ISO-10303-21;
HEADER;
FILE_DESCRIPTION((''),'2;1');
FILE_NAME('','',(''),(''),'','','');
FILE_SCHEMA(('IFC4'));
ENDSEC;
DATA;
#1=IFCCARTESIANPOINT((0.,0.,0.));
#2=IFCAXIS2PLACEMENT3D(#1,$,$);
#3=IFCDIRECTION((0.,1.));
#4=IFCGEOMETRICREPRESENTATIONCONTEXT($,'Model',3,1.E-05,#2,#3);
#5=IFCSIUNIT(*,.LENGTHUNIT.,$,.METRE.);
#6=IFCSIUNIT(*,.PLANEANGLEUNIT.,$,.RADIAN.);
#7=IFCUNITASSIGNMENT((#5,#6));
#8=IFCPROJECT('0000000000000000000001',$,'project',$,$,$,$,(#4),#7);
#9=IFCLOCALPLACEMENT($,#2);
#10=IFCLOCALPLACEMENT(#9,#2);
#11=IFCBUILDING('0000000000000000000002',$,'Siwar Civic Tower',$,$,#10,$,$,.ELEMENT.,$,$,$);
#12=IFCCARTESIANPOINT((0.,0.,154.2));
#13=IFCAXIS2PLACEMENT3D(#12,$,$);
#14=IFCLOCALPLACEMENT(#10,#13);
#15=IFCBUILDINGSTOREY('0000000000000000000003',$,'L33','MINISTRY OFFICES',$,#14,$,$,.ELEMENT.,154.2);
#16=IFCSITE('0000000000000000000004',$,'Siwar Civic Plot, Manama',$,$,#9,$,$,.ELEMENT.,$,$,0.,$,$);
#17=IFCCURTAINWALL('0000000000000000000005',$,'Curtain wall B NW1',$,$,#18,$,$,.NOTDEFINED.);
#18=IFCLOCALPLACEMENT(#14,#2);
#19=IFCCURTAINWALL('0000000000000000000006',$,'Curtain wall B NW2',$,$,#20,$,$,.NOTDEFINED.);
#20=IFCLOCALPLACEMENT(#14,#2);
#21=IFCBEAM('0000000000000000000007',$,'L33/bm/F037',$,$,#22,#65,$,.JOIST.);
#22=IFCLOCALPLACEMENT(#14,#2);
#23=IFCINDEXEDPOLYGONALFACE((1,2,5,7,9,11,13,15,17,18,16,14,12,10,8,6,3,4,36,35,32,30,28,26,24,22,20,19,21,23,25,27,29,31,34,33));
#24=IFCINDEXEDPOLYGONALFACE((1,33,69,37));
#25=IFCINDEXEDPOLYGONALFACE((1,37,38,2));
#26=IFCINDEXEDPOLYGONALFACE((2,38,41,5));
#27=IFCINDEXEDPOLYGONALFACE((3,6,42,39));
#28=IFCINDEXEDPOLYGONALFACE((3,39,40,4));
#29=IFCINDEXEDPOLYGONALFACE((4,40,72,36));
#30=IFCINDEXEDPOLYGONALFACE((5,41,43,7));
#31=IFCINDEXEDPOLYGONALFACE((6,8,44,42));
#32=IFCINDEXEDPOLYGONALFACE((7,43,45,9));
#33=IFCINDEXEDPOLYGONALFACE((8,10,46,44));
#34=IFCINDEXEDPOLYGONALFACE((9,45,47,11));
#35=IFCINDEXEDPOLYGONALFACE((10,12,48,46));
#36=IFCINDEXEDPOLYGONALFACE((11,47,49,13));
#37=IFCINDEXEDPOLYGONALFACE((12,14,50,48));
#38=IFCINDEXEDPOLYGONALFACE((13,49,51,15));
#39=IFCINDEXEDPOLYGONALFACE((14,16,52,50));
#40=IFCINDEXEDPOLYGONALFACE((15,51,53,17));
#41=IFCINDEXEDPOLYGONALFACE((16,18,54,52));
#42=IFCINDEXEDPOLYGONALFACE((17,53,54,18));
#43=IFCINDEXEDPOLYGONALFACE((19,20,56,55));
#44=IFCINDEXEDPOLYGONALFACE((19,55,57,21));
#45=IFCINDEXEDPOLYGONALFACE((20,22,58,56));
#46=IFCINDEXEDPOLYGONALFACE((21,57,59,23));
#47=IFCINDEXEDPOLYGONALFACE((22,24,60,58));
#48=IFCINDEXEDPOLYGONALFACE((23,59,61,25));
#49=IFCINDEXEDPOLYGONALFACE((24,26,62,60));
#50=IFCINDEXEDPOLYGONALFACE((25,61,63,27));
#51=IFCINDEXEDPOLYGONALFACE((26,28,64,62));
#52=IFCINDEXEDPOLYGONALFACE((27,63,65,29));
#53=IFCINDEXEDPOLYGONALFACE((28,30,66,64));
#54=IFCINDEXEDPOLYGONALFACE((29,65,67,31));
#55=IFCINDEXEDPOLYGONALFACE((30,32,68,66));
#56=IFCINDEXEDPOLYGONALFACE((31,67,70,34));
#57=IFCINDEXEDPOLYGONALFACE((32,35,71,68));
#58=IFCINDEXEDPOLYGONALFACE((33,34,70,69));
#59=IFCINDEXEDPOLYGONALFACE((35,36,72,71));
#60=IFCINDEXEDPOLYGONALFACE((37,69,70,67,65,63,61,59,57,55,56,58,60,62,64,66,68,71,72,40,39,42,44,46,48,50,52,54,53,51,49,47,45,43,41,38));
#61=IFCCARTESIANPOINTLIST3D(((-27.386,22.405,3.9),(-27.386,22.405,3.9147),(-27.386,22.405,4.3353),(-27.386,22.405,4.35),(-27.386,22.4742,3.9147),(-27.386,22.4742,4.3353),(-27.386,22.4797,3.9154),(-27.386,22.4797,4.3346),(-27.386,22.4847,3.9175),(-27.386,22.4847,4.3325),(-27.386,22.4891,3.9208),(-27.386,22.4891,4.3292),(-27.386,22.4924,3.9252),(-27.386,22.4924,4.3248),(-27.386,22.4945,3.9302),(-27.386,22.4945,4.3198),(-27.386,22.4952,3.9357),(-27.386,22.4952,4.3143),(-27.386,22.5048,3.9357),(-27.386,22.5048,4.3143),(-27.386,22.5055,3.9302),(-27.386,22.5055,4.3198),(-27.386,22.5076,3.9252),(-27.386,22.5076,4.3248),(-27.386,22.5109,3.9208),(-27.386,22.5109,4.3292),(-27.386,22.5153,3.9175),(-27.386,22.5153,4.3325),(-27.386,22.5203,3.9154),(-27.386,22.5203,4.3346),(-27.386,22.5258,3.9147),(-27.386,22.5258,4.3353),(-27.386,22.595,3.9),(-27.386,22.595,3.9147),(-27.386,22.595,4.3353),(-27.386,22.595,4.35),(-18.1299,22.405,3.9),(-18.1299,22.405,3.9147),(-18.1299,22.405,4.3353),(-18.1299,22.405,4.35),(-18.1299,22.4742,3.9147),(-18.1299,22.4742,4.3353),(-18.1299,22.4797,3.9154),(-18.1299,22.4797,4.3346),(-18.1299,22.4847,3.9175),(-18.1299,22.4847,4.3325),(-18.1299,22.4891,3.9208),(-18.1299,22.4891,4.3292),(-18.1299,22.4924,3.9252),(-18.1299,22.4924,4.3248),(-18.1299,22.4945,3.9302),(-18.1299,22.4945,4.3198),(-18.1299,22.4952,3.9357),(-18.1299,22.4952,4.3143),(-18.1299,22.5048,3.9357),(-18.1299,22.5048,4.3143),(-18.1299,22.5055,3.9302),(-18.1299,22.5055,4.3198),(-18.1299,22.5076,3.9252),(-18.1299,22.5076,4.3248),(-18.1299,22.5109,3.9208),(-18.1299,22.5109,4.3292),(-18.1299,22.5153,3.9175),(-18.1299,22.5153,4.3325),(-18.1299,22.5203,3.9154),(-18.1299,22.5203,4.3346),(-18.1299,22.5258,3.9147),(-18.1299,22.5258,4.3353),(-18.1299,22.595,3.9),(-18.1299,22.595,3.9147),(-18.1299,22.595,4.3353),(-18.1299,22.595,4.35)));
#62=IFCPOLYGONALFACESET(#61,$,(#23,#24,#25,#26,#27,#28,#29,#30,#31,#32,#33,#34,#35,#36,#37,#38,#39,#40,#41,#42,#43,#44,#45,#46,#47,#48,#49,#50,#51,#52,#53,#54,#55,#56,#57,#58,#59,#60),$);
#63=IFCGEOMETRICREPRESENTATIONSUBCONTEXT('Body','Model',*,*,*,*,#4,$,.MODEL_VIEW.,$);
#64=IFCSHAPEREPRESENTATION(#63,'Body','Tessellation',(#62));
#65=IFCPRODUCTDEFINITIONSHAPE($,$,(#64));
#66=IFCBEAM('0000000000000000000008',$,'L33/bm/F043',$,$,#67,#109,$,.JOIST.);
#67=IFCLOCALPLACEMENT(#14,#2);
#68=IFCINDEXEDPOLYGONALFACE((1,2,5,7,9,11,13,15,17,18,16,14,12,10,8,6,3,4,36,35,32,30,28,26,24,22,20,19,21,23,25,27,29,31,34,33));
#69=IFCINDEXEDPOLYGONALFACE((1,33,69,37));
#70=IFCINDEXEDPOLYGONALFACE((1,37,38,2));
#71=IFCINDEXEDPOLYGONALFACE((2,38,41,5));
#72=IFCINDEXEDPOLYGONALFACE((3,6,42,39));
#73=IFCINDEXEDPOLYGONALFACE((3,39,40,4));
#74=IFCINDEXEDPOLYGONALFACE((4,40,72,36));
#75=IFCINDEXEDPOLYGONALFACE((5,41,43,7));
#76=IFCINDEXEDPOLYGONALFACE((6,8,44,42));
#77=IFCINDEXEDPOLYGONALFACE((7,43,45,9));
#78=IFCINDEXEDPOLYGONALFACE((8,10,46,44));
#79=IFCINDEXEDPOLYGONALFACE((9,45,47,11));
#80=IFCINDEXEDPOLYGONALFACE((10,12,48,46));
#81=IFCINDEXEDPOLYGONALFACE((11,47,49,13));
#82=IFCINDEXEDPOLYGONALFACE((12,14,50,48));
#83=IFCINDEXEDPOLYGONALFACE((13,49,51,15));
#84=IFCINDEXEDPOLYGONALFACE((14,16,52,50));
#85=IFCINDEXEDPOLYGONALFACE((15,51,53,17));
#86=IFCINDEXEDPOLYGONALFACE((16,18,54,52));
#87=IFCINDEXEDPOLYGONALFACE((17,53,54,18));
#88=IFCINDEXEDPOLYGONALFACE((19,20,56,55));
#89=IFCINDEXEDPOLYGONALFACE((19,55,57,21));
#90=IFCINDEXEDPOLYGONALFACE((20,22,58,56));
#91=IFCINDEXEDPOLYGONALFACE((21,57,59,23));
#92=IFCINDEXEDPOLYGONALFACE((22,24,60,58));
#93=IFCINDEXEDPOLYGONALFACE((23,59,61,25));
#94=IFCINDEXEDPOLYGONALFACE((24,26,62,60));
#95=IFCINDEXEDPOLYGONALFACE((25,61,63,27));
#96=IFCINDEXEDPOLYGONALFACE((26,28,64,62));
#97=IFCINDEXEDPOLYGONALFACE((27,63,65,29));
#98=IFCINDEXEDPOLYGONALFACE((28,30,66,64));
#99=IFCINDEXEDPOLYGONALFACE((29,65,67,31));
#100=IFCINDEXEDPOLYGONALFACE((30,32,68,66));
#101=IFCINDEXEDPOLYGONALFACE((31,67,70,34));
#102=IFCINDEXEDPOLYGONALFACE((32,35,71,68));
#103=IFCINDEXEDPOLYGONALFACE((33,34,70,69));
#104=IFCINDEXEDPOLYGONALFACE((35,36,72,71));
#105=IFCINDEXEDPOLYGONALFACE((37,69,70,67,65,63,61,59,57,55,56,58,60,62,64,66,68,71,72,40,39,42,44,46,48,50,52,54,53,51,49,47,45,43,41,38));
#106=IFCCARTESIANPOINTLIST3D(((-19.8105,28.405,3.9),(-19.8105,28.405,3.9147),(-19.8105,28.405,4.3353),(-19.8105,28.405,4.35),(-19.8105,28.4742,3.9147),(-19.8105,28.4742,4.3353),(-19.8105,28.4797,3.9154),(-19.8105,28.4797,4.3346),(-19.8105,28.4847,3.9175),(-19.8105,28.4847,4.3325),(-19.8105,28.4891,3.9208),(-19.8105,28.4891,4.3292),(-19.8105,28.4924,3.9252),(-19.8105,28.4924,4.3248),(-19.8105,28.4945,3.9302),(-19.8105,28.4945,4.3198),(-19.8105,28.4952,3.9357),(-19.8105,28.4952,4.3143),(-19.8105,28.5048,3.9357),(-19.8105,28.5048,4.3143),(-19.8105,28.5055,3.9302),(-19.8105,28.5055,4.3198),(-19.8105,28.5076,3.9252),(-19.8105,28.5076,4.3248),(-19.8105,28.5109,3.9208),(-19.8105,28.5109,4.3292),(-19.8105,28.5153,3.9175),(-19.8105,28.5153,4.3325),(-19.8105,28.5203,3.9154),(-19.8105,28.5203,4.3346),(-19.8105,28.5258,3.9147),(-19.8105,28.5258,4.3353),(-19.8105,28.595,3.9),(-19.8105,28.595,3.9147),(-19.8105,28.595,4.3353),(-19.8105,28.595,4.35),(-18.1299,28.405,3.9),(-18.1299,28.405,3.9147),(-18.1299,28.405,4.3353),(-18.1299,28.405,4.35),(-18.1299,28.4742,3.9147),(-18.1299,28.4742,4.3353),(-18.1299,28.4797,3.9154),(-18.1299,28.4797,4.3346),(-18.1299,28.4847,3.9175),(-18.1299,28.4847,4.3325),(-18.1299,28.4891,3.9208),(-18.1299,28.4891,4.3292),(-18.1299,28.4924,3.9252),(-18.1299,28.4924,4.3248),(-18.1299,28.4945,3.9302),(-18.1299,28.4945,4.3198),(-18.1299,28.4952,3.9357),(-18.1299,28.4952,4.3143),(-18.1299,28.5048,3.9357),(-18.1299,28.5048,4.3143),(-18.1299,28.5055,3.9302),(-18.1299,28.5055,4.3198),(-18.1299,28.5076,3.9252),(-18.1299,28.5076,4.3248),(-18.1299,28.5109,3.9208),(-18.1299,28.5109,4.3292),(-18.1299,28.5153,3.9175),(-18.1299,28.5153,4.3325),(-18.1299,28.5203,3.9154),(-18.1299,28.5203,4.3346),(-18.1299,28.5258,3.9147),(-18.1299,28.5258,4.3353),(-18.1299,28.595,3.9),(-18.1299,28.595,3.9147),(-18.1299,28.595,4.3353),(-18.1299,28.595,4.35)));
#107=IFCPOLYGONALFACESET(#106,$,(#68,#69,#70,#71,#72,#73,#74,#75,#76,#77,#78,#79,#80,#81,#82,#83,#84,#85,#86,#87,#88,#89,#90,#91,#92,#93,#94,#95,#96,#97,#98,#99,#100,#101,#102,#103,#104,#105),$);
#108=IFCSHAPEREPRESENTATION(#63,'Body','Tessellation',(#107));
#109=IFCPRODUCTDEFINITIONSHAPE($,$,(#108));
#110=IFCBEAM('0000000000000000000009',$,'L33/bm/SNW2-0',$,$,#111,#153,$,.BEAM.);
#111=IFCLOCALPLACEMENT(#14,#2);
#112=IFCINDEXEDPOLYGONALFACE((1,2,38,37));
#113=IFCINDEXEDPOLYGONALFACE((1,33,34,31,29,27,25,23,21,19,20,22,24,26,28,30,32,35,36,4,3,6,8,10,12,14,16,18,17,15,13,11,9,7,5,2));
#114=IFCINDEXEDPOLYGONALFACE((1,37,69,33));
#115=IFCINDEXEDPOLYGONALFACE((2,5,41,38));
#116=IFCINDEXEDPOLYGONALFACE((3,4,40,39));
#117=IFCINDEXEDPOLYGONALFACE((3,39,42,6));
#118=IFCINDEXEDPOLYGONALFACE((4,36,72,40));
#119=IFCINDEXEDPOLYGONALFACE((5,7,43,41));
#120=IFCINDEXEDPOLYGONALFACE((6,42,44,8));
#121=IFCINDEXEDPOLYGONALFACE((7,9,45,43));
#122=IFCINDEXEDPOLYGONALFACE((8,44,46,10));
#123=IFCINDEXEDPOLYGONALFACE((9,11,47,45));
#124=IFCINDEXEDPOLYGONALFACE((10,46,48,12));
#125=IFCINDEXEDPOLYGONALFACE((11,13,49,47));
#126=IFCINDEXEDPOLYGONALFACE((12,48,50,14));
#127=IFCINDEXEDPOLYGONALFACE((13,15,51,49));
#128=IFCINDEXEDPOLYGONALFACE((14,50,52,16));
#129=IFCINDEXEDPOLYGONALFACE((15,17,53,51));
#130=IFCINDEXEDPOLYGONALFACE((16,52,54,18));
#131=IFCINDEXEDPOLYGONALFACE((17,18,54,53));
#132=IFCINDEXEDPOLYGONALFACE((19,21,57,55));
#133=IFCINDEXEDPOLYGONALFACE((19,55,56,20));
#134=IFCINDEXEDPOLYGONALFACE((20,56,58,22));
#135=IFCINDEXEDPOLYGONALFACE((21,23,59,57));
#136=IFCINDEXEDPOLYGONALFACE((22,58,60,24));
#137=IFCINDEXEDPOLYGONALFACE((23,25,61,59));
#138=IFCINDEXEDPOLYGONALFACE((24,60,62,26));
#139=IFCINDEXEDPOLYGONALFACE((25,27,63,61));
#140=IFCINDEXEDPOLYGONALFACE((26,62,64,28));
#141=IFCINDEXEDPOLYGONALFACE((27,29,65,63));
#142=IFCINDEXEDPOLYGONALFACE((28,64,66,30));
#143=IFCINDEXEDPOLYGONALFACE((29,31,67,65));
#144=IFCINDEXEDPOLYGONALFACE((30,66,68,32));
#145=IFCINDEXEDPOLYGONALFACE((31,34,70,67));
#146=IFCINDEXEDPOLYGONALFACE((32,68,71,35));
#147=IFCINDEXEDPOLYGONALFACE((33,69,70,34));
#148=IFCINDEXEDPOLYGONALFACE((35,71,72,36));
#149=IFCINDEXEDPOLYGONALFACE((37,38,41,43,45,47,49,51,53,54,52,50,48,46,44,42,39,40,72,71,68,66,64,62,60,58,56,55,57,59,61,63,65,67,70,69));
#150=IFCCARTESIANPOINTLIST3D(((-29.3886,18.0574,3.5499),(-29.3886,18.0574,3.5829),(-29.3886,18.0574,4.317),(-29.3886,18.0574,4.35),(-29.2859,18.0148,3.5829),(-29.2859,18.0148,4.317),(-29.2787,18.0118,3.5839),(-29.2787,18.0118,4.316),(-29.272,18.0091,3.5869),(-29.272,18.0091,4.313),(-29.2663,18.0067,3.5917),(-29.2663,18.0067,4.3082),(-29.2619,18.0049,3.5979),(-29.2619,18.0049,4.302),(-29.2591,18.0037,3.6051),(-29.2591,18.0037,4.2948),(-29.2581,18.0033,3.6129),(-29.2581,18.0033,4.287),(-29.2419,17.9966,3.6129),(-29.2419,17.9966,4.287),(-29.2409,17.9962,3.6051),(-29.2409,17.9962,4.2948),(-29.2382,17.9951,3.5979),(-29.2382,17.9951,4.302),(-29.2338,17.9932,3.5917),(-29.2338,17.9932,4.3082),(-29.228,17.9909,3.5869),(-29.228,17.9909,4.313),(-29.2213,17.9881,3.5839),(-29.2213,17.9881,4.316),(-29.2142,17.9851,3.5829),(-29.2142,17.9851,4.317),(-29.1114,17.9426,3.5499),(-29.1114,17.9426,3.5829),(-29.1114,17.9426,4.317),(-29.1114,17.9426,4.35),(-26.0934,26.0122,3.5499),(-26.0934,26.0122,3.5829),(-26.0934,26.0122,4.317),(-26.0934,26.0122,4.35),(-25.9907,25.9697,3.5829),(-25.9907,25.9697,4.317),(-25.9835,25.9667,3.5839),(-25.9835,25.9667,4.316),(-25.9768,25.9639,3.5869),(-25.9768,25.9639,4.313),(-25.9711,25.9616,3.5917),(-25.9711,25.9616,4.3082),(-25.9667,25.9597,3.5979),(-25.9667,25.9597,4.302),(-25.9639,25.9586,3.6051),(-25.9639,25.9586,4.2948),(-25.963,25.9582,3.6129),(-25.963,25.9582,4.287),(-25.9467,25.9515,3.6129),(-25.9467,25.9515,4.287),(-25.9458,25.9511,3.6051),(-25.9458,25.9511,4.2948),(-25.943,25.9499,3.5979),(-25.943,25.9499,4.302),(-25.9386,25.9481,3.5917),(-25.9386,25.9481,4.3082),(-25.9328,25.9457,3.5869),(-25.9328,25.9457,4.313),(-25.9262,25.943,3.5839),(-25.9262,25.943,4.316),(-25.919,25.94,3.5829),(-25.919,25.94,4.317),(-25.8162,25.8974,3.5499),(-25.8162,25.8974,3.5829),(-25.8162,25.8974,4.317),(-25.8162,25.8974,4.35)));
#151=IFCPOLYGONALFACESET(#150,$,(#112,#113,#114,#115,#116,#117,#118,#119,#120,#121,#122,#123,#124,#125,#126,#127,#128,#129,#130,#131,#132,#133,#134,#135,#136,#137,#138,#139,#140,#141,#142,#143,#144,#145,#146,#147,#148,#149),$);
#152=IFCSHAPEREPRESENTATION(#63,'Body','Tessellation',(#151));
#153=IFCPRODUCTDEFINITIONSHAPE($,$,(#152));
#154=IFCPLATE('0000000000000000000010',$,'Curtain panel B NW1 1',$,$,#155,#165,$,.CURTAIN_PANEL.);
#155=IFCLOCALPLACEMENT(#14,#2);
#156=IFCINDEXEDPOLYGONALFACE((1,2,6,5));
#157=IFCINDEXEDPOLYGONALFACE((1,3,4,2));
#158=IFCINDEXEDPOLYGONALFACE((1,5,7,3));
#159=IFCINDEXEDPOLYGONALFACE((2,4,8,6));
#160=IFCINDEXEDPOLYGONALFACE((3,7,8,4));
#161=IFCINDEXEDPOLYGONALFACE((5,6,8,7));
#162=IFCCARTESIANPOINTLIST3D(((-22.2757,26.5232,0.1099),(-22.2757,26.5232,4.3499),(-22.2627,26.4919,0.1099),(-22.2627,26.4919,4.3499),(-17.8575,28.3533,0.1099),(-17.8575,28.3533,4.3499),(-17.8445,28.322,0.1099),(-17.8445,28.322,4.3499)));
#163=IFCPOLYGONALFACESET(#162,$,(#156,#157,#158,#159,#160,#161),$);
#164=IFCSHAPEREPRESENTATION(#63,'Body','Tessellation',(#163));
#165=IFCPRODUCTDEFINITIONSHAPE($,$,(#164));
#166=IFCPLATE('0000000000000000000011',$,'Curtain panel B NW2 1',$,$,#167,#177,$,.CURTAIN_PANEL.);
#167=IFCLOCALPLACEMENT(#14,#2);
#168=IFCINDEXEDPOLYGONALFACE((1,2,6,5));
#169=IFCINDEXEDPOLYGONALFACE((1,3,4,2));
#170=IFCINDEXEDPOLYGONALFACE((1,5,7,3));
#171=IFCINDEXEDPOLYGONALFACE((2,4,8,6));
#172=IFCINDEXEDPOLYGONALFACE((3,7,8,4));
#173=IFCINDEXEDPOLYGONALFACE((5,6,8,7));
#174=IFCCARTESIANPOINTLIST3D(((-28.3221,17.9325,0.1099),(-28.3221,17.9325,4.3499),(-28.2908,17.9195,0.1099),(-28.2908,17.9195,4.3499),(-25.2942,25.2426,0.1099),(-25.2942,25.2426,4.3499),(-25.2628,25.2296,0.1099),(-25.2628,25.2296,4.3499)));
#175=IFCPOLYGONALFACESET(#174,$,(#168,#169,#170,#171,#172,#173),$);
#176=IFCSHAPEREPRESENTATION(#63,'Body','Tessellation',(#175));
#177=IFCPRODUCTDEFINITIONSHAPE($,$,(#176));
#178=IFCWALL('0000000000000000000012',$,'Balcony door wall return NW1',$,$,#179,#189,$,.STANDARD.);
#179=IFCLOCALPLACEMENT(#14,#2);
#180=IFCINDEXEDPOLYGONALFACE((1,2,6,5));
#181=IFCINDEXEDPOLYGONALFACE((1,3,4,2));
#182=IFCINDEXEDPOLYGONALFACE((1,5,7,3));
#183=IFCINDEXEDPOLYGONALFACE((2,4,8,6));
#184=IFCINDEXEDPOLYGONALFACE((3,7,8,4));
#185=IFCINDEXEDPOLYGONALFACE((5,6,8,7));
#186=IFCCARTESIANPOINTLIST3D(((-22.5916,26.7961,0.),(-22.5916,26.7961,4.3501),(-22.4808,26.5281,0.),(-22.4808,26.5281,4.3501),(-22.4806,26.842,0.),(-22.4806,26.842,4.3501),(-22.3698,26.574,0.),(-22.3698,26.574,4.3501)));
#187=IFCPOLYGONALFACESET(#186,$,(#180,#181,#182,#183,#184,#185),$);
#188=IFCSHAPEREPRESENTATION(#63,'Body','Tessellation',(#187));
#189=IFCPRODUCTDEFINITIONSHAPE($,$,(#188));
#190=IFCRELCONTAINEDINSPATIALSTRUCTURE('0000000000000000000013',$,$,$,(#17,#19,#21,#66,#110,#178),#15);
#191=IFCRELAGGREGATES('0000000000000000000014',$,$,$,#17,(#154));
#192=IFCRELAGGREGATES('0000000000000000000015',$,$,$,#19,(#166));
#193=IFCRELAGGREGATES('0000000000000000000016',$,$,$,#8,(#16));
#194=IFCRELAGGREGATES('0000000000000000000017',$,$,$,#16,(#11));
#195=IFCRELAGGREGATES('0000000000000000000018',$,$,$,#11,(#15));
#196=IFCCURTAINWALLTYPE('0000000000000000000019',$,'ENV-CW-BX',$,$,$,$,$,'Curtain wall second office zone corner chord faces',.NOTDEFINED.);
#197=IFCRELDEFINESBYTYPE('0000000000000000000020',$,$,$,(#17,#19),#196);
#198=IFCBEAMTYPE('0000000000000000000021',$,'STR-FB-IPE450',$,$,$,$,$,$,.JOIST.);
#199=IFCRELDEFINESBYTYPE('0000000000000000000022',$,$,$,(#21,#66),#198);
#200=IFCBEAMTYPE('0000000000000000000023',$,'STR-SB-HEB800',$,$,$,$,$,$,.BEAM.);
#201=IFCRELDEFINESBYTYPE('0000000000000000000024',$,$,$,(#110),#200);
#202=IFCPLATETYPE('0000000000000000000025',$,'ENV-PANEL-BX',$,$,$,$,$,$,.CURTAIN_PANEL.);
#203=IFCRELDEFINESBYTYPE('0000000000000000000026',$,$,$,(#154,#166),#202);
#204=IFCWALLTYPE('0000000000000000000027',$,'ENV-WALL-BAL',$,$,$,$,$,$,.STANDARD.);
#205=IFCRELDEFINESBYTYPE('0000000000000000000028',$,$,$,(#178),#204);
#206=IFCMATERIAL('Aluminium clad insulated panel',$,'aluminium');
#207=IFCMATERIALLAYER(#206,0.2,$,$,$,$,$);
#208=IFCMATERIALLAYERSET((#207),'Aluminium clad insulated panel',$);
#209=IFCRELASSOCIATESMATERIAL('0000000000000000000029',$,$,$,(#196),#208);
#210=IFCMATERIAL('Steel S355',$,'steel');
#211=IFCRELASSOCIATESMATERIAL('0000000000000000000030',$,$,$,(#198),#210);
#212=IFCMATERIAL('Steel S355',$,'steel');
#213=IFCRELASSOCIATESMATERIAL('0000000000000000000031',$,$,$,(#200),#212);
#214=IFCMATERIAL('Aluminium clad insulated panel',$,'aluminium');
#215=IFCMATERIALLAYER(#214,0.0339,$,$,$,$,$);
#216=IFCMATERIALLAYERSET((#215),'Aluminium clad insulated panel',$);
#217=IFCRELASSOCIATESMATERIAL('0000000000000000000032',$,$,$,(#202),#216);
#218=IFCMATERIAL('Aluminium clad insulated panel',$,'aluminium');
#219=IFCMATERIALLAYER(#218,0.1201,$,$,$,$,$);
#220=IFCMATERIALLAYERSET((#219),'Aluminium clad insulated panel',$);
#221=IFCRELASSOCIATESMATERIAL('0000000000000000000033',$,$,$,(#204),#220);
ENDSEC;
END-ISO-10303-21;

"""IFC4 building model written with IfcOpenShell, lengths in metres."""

from ifc_helpers import new_model, si_unit, direction, frame, frame_2d, origin, origin_2d, place, context, subcontext, project, spatial, rectangle, i_section, extrude, material, layer, layer_set, material_profile, profile_set, type_object, element, aggregate, save


model = new_model("IFC4")

# Units and contexts
model_context = context("Model", 3, precision=1e-05, world=origin(), true_north=direction((0.0, 1.0)))
body_context = subcontext(model_context, "Body", "Model", "MODEL_VIEW")
ifc_project = project(units=[si_unit("LENGTHUNIT", "METRE"), si_unit("PLANEANGLEUNIT", "RADIAN")], contexts=[model_context])

# Site, building, storey
site_placement = place(None, origin())
site = spatial("IfcSite", under=ifc_project, at=site_placement, Name="Siwar Civic Plot, Manama", CompositionType="ELEMENT", RefElevation=0.0)
building_placement = place(site_placement, origin())
building = spatial("IfcBuilding", under=site, at=building_placement, Name="Siwar Civic Tower", CompositionType="ELEMENT")
storey_placement = place(building_placement, frame((0.0, 0.0, 154.2)))
storey = spatial("IfcBuildingStorey", under=building, at=storey_placement, Name="L33", Description="MINISTRY OFFICES", CompositionType="ELEMENT", Elevation=154.2)

# Curtain wall
ifc_material_1 = material(Name="Aluminium clad insulated panel", Category="aluminium")
ifc_layer_1 = layer(ifc_material_1, 0.2)
ifc_layer_set_1 = layer_set([ifc_layer_1], Name="Aluminium clad insulated panel")
curtain_wall_type = type_object("IfcCurtainWallType", Name="ENV-CW-BX", ElementType="Curtain wall second office zone corner chord faces", PredefinedType="NOTDEFINED", material=ifc_layer_set_1)
curtain_wall_1_placement = place(storey_placement, origin())
curtain_wall_1 = element("IfcCurtainWall", 1, at=curtain_wall_1_placement, inside=storey, type_object=curtain_wall_type, Name="Curtain wall B NW1", PredefinedType="NOTDEFINED")

# Curtain wall
curtain_wall_2_placement = place(storey_placement, origin())
curtain_wall_2 = element("IfcCurtainWall", 2, at=curtain_wall_2_placement, inside=storey, type_object=curtain_wall_type, Name="Curtain wall B NW2", PredefinedType="NOTDEFINED")

# Beams
ifc_material_2 = material(Name="Steel S355", Category="steel")
ifc_material_profile_1 = material_profile(ifc_material_2, i_section(OverallWidth=0.1899, OverallDepth=0.45, WebThickness=0.0095, FlangeThickness=0.0146, FilletRadius=0.021, at=origin_2d()), Name="IPE450")
ifc_profile_set_1 = profile_set([ifc_material_profile_1], Name="Steel S355")
beam_type_1 = type_object("IfcBeamType", Name="STR-FB-IPE450", PredefinedType="JOIST", material=ifc_profile_set_1)
beam_1_placement = place(storey_placement, frame((-27.386, 22.5, 4.125), z_axis=(1.0, 0.0, 0.0), x_axis=(0.0, 1.0, 0.0)))
element("IfcBeam", 3, at=beam_1_placement, inside=storey, type_object=beam_type_1, Name="L33/bm/F037", PredefinedType="JOIST", context=body_context, shape_type="SweptSolid", body=[
    extrude(i_section(OverallWidth=0.1899, OverallDepth=0.45, WebThickness=0.0095, FlangeThickness=0.0146, FilletRadius=0.021, at=origin_2d()), origin(), (0.0, 0.0, 1.0), 9.2561),
])
beam_2_placement = place(storey_placement, frame((-19.8105, 28.5, 4.125), z_axis=(1.0, 0.0, 0.0), x_axis=(0.0, 1.0, 0.0)))
element("IfcBeam", 4, at=beam_2_placement, inside=storey, type_object=beam_type_1, Name="L33/bm/F043", PredefinedType="JOIST", context=body_context, shape_type="SweptSolid", body=[
    extrude(i_section(OverallWidth=0.1899, OverallDepth=0.45, WebThickness=0.0095, FlangeThickness=0.0146, FilletRadius=0.021, at=origin_2d()), origin(), (0.0, 0.0, 1.0), 1.6807),
])
ifc_material_3 = material(Name="Steel S355", Category="steel")
ifc_material_profile_2 = material_profile(ifc_material_3, i_section(OverallWidth=0.3, OverallDepth=0.8, WebThickness=0.0176, FlangeThickness=0.033, FilletRadius=0.03, at=origin_2d()), Name="HEB800")
ifc_profile_set_2 = profile_set([ifc_material_profile_2], Name="Steel S355")
beam_type_2 = type_object("IfcBeamType", Name="STR-SB-HEB800", PredefinedType="BEAM", material=ifc_profile_set_2)
beam_3_placement = place(storey_placement, frame((-25.9548, 25.9548, 3.95), z_axis=(-0.3827, -0.923873, 0.0), x_axis=(0.923873, -0.3827, 0.0)))
element("IfcBeam", 5, at=beam_3_placement, inside=storey, type_object=beam_type_2, Name="L33/bm/SNW2-0", PredefinedType="BEAM", context=body_context, shape_type="SweptSolid", body=[
    extrude(i_section(OverallWidth=0.3, OverallDepth=0.8, WebThickness=0.0176, FlangeThickness=0.033, FilletRadius=0.03, at=origin_2d()), origin(), (0.0, 0.0, 1.0), 8.6104),
])

# Plates
ifc_material_4 = material(Name="Aluminium clad insulated panel", Category="aluminium")
ifc_layer_2 = layer(ifc_material_4, 0.0339)
ifc_layer_set_2 = layer_set([ifc_layer_2], Name="Aluminium clad insulated panel")
plate_type = type_object("IfcPlateType", Name="ENV-PANEL-BX", PredefinedType="CURTAIN_PANEL", material=ifc_layer_set_2)
plate_1_placement = place(storey_placement, frame((-20.0601, 27.4226, 0.1099), z_axis=(0.0, 0.0, 1.0), x_axis=(-0.92388, -0.382683, 0.0)))
plate_1 = element("IfcPlate", 6, at=plate_1_placement, type_object=plate_type, Name="Curtain panel B NW1 1", PredefinedType="CURTAIN_PANEL", context=body_context, shape_type="SweptSolid", body=[
    extrude(rectangle(XDim=4.7822, YDim=0.0339, at=origin_2d()), origin(), (0.0, 0.0, 1.0), 4.24),
])
aggregate(curtain_wall_1, [plate_1])
plate_2_placement = place(storey_placement, frame((-26.7925, 21.5811, 0.1099), z_axis=(0.0, 0.0, 1.0), x_axis=(-0.382683, -0.92388, 0.0)))
plate_2 = element("IfcPlate", 7, at=plate_2_placement, type_object=plate_type, Name="Curtain panel B NW2 1", PredefinedType="CURTAIN_PANEL", context=body_context, shape_type="SweptSolid", body=[
    extrude(rectangle(XDim=7.9124, YDim=0.0339, at=origin_2d()), origin(), (0.0, 0.0, 1.0), 4.24),
])
aggregate(curtain_wall_2, [plate_2])

# Wall
ifc_material_5 = material(Name="Aluminium clad insulated panel", Category="aluminium")
ifc_layer_3 = layer(ifc_material_5, 0.1201)
ifc_layer_set_3 = layer_set([ifc_layer_3], Name="Aluminium clad insulated panel")
wall_type = type_object("IfcWallType", Name="ENV-WALL-BAL", PredefinedType="STANDARD", material=ifc_layer_set_3)
for number, where, z_axis, x_axis, name in (
    (8, (-22.4253, 26.551, 0.0), (0.0, 0.0, 1.0), (-0.382104, 0.924119, 0.0), "Balcony door wall return NW1"),
):
    element("IfcWall", number, at=place(storey_placement, frame(where, z_axis=z_axis, x_axis=x_axis)), inside=storey, type_object=wall_type, Name=name, PredefinedType="STANDARD", context=body_context, shape_type="SweptSolid", body=[
        extrude(rectangle(XDim=0.29, YDim=0.1201, at=frame_2d((0.145, 0.0))), origin(), (0.0, 0.0, 1.0), 4.3501),
    ])

save(model, "model.ifc")
